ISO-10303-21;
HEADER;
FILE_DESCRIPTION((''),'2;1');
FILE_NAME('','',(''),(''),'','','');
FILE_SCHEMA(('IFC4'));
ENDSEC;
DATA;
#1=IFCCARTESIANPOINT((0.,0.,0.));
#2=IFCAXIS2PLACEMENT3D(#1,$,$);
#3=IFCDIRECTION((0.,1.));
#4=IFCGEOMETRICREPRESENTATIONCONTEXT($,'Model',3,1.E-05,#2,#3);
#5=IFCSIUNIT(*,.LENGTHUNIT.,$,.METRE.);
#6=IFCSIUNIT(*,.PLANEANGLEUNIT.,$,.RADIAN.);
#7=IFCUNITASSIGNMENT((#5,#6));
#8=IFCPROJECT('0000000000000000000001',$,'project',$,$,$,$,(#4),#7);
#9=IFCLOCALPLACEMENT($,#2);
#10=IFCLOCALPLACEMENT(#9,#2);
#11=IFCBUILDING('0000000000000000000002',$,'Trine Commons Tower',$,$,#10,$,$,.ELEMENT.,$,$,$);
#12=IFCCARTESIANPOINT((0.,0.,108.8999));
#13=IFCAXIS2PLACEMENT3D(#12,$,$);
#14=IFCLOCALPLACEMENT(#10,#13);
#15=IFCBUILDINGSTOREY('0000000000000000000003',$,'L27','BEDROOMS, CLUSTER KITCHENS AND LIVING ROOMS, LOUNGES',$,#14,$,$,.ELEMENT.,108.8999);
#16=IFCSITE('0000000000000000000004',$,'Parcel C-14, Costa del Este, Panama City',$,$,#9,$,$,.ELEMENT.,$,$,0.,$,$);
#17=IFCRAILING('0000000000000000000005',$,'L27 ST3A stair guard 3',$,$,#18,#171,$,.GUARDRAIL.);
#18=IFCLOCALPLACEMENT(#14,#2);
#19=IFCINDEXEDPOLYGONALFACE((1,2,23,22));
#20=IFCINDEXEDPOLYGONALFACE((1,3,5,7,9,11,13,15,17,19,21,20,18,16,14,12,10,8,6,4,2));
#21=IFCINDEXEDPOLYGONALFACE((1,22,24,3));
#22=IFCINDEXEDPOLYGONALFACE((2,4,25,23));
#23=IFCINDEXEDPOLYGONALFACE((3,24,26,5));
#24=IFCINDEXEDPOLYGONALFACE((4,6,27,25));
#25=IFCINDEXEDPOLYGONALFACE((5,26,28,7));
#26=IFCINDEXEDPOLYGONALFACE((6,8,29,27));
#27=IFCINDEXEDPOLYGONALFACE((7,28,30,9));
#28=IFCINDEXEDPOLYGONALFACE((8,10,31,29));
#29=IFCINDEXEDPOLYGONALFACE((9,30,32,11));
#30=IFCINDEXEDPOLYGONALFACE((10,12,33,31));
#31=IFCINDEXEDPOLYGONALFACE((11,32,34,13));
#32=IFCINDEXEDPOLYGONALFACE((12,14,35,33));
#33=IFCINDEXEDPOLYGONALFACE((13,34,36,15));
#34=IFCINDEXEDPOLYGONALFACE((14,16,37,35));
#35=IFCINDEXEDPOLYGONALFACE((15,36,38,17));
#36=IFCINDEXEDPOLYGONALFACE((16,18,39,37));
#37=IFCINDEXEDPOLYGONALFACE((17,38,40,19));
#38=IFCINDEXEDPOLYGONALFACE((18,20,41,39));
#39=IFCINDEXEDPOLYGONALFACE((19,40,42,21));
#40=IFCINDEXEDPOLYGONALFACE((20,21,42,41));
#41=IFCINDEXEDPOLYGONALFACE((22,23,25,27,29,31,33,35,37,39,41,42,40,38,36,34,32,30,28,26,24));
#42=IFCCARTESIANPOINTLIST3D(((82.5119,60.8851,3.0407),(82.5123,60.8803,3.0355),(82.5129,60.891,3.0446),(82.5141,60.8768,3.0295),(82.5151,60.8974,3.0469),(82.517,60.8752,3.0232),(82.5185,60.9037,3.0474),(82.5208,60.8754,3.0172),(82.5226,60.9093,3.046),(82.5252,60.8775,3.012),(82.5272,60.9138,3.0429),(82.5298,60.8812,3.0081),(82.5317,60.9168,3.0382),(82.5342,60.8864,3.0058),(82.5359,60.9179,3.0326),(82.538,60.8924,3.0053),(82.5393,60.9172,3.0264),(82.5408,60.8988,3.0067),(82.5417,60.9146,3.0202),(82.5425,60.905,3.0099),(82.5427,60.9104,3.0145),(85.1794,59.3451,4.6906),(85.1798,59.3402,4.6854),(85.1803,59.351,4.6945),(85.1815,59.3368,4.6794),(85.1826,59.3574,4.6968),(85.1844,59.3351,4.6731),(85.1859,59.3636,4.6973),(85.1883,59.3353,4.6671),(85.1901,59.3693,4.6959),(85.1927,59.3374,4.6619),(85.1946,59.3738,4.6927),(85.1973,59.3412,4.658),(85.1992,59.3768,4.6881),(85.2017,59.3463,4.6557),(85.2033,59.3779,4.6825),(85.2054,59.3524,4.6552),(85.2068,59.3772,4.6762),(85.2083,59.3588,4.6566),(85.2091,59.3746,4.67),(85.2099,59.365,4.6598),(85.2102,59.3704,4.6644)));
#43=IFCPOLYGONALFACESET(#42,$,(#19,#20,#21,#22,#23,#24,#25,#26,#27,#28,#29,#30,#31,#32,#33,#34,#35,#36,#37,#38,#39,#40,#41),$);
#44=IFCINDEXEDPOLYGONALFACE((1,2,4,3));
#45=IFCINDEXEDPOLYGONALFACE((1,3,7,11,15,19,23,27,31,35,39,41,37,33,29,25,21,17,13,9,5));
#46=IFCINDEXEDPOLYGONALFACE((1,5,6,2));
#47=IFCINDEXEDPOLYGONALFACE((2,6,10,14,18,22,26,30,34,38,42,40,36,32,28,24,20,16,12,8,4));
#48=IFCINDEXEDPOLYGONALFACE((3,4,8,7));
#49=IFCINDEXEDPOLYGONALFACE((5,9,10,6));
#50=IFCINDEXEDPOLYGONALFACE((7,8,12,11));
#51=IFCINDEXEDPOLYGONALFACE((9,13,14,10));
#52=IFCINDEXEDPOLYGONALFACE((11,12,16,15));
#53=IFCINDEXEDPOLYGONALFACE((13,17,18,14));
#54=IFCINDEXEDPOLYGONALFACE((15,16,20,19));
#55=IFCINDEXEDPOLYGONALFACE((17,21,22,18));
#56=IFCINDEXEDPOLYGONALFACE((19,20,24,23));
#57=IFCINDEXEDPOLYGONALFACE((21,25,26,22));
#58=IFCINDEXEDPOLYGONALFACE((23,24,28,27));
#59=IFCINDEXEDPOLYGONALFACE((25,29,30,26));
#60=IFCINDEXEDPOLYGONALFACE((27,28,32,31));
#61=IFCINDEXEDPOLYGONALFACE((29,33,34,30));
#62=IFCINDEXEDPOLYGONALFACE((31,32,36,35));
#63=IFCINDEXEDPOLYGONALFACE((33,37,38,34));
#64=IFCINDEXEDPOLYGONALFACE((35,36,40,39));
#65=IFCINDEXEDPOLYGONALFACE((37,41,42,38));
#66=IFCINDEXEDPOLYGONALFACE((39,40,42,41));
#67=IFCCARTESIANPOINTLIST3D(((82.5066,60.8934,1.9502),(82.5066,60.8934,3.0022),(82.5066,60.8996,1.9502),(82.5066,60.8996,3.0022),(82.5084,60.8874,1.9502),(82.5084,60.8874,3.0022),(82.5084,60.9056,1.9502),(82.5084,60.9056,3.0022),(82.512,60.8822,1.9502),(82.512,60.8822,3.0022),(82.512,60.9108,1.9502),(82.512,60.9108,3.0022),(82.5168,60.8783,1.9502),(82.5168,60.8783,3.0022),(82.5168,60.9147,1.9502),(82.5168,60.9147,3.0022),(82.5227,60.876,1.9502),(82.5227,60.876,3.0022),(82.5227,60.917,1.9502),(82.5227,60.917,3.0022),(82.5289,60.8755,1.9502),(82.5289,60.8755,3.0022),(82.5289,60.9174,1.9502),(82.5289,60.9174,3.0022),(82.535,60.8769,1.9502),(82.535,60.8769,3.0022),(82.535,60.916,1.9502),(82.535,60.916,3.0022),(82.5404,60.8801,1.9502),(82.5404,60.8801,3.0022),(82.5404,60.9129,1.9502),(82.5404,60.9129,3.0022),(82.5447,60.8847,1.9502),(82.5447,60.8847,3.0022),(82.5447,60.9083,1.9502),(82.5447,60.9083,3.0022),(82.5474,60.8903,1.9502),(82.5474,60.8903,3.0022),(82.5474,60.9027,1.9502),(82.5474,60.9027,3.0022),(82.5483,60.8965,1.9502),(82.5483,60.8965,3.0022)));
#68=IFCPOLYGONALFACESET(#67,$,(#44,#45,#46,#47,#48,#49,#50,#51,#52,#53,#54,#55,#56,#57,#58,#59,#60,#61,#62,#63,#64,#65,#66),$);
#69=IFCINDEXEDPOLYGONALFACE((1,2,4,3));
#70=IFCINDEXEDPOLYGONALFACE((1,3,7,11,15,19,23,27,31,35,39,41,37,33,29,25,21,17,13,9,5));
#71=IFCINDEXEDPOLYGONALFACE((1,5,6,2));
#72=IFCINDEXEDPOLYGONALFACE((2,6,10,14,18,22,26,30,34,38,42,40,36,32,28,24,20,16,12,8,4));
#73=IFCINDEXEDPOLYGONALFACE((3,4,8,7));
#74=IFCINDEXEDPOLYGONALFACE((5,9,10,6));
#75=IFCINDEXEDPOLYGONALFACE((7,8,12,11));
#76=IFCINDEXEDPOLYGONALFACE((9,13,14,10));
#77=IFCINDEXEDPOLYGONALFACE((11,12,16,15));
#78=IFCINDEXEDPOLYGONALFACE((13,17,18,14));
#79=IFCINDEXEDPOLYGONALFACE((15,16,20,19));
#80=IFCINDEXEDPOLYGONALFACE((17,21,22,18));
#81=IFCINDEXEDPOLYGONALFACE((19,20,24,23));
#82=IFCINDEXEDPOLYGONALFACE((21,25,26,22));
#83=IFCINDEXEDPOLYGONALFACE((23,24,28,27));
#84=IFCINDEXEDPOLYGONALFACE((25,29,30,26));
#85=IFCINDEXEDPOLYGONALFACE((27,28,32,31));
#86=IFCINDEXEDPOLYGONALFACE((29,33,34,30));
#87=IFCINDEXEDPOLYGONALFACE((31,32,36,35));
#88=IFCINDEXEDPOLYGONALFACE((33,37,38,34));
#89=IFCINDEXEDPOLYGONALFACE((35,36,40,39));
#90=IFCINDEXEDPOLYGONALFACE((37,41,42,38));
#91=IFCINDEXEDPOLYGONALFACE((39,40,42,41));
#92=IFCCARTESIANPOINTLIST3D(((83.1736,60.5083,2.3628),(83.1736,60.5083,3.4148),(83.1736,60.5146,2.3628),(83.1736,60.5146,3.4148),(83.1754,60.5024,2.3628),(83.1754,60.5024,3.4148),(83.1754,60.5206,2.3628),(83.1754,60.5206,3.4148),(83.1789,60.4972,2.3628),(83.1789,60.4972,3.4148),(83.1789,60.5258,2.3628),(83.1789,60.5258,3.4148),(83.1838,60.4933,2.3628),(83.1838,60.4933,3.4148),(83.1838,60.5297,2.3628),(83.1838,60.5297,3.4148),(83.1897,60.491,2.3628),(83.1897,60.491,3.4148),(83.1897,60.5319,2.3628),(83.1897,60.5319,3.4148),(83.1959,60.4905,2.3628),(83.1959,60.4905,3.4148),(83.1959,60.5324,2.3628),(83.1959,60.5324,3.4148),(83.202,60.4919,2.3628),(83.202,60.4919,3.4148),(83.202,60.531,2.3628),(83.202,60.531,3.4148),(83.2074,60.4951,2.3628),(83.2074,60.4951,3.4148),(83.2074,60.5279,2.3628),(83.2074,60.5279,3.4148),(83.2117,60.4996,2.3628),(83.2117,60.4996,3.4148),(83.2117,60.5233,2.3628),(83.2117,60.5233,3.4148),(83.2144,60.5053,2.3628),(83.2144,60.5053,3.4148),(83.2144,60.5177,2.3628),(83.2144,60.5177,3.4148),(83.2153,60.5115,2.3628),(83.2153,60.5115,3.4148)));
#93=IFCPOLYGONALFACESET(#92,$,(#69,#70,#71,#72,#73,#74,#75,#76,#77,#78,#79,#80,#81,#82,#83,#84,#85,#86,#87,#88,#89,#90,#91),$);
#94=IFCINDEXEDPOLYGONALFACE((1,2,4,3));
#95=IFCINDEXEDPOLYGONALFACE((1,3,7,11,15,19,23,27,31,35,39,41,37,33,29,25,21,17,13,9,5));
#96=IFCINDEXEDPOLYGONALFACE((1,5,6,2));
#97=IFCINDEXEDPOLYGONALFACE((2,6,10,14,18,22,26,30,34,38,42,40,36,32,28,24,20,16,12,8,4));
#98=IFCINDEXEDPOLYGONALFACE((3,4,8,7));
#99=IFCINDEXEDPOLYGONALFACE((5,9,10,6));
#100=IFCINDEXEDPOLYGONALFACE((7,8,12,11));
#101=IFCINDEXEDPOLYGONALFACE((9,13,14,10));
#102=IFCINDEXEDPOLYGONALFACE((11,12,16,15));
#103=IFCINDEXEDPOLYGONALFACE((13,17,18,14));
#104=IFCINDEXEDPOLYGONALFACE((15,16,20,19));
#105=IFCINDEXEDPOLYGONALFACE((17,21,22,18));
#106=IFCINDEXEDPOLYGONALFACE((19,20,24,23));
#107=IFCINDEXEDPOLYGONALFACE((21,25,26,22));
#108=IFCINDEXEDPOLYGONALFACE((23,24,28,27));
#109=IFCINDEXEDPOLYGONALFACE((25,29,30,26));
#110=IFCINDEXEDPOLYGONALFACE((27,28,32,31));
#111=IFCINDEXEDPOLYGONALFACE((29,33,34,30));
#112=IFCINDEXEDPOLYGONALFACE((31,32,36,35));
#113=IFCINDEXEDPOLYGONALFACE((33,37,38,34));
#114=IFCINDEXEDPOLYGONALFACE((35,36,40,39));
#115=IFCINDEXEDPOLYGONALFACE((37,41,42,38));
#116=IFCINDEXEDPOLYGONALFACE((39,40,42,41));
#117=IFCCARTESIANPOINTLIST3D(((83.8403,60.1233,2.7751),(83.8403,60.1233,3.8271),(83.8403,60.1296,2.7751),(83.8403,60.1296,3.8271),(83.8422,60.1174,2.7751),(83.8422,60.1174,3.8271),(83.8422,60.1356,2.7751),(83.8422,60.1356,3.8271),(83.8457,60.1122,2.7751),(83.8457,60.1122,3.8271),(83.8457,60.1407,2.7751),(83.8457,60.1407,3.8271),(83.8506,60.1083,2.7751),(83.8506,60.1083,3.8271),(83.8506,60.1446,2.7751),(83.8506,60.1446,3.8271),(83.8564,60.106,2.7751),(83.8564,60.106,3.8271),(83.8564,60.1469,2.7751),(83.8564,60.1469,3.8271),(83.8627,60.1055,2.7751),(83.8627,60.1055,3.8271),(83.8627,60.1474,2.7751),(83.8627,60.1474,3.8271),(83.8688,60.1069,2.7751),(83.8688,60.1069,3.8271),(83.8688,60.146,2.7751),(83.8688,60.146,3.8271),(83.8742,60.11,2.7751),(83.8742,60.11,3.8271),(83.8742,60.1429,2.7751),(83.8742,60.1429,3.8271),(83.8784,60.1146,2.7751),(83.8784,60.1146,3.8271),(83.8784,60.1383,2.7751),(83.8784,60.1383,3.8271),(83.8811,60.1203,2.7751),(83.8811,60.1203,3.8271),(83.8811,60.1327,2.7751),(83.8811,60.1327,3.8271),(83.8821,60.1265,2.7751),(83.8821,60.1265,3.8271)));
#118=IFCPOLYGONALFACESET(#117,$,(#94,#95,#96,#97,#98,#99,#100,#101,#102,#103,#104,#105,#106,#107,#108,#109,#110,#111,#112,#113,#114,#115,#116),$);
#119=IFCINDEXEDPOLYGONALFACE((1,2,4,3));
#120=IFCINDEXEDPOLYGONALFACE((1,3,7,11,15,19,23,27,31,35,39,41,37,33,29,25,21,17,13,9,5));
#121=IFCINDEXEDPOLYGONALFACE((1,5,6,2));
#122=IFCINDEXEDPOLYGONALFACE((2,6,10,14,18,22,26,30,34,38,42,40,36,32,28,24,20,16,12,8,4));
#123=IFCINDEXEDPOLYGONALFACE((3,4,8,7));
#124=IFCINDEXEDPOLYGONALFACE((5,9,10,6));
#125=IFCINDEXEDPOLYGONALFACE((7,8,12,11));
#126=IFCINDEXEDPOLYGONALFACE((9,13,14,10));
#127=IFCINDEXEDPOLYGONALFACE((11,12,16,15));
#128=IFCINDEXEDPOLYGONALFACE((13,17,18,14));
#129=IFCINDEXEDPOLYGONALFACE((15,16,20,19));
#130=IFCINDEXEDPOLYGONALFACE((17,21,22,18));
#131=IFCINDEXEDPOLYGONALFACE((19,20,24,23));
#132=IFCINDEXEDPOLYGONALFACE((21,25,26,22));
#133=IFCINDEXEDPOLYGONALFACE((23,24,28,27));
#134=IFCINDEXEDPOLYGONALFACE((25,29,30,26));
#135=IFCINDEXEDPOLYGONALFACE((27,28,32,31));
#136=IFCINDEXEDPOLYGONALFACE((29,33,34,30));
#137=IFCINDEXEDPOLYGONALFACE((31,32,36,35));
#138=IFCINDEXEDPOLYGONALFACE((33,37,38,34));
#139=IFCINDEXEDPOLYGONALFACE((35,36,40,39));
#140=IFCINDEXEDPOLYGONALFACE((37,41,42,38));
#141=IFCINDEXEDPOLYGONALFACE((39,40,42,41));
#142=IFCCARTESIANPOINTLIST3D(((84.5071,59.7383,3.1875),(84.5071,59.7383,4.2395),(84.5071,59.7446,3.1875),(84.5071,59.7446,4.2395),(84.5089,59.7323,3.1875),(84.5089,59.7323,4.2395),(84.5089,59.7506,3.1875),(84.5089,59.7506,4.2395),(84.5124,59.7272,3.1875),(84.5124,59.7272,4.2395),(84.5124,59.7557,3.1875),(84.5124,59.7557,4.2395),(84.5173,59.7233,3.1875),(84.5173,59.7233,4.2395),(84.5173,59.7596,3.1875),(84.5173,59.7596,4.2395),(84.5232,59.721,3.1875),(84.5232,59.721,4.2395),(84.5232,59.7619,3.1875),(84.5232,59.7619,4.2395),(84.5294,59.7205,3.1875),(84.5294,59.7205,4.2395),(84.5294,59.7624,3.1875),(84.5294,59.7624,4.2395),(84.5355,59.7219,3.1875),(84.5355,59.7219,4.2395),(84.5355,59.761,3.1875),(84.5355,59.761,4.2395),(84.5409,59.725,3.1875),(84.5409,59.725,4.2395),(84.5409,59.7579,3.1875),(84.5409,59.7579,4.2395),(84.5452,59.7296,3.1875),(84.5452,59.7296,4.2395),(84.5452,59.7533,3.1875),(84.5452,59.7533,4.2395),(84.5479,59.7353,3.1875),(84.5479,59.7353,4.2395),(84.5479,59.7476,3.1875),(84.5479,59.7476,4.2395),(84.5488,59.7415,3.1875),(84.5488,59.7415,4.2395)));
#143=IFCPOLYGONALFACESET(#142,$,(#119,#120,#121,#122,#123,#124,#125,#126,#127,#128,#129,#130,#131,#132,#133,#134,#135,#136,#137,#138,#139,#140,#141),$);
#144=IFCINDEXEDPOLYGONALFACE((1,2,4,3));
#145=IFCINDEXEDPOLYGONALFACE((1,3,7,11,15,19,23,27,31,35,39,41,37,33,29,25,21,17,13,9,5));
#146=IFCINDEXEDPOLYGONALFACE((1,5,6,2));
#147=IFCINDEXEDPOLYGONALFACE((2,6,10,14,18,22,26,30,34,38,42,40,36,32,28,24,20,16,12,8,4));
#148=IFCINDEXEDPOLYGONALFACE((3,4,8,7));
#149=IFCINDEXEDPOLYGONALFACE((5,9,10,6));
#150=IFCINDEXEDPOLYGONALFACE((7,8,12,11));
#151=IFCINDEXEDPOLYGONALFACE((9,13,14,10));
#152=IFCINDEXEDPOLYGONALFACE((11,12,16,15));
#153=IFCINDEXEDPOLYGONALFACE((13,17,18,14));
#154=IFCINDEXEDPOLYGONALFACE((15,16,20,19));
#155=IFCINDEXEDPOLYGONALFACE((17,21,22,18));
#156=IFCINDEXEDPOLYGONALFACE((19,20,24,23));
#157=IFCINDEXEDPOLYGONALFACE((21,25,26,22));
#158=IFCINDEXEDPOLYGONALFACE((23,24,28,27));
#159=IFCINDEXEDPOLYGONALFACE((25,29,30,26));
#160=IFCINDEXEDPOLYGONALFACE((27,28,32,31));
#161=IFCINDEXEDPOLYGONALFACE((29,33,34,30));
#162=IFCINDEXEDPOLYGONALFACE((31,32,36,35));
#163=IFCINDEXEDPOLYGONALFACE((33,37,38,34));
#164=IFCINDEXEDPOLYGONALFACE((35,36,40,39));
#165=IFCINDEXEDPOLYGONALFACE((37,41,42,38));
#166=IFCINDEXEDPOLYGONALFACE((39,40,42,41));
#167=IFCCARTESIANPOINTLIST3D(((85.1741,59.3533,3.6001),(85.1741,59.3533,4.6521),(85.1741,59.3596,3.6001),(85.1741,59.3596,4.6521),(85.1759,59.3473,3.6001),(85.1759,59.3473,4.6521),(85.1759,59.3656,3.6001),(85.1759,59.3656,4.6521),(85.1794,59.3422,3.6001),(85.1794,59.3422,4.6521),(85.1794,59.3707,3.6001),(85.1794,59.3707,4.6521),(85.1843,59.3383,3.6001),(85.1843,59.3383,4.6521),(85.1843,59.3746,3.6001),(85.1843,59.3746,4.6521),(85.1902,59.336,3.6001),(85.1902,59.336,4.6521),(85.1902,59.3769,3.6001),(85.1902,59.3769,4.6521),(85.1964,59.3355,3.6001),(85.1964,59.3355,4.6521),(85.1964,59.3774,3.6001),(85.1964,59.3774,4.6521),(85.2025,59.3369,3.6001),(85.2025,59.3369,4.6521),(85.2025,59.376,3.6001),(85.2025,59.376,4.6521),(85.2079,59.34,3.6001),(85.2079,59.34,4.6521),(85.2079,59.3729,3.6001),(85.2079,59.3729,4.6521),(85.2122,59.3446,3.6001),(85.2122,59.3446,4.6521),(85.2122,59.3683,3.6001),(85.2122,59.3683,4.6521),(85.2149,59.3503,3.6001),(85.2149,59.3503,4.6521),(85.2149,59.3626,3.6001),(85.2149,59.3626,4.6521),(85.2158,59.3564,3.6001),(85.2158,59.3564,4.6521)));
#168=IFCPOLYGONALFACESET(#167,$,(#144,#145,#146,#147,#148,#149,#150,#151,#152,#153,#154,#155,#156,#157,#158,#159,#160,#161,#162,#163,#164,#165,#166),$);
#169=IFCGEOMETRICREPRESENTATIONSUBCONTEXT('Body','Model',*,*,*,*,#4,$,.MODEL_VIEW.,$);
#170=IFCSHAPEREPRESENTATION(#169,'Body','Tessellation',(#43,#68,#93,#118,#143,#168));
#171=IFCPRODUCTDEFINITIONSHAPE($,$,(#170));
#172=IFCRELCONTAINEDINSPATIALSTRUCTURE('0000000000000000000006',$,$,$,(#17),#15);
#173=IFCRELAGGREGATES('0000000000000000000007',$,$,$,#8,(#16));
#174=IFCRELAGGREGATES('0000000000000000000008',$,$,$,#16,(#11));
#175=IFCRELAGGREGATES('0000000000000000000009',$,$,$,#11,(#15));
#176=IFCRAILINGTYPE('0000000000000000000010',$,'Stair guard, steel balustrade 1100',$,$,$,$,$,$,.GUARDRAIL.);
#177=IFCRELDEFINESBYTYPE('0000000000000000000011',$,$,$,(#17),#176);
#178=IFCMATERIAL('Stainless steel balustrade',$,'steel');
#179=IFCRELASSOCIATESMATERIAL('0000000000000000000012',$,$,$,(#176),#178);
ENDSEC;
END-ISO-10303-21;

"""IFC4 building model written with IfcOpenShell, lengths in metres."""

from ifc_helpers import new_model, si_unit, direction, frame, origin, origin_2d, place, context, subcontext, project, spatial, circle, extrude, material, type_object, element, save


model = new_model("IFC4")

# Units and contexts
model_context = context("Model", 3, precision=1e-05, world=origin(), true_north=direction((0.0, 1.0)))
body_context = subcontext(model_context, "Body", "Model", "MODEL_VIEW")
ifc_project = project(units=[si_unit("LENGTHUNIT", "METRE"), si_unit("PLANEANGLEUNIT", "RADIAN")], contexts=[model_context])

# Site, building, storey
site_placement = place(None, origin())
site = spatial("IfcSite", under=ifc_project, at=site_placement, Name="Parcel C-14, Costa del Este, Panama City", CompositionType="ELEMENT", RefElevation=0.0)
building_placement = place(site_placement, origin())
building = spatial("IfcBuilding", under=site, at=building_placement, Name="Trine Commons Tower", CompositionType="ELEMENT")
storey_placement = place(building_placement, frame((0.0, 0.0, 108.8999)))
storey = spatial("IfcBuildingStorey", under=building, at=storey_placement, Name="L27", Description="BEDROOMS, CLUSTER KITCHENS AND LIVING ROOMS, LOUNGES", CompositionType="ELEMENT", Elevation=108.8999)

# Railing
ifc_material_1 = material(Name="Stainless steel balustrade", Category="steel")
railing_type_1 = type_object("IfcRailingType", Name="Stair guard, steel balustrade 1100", PredefinedType="GUARDRAIL", material=ifc_material_1)
railing_1_placement = place(storey_placement, frame((82.5273, 60.8965, 1.9502)))
element("IfcRailing", 1, at=railing_1_placement, inside=storey, type_object=railing_type_1, Name="L27 ST3A stair guard 3", PredefinedType="GUARDRAIL", context=body_context, shape_type="SweptSolid", body=[
    extrude(circle(Radius=0.0239, at=origin_2d()), frame((0.0, 0.0, 1.0762), z_axis=(0.763405, -0.440743, 0.472185), x_axis=(0.499992, 0.86603, 0.0)), (0.0, 0.0, 1.0), 3.4941),
    extrude(circle(Radius=0.021, at=origin_2d()), origin(), (0.0, 0.0, 1.0), 1.052),
    extrude(circle(Radius=0.021, at=origin_2d()), frame((0.667, -0.385, 0.4126)), (0.0, 0.0, 1.0), 1.052),
    extrude(circle(Radius=0.021, at=origin_2d()), frame((1.3337, -0.77, 0.825)), (0.0, 0.0, 1.0), 1.052),
    extrude(circle(Radius=0.021, at=origin_2d()), frame((2.0005, -1.155, 1.2373)), (0.0, 0.0, 1.0), 1.052),
    extrude(circle(Radius=0.021, at=origin_2d()), frame((2.6675, -1.54, 1.6499)), (0.0, 0.0, 1.0), 1.052),
])

save(model, "model.ifc")
